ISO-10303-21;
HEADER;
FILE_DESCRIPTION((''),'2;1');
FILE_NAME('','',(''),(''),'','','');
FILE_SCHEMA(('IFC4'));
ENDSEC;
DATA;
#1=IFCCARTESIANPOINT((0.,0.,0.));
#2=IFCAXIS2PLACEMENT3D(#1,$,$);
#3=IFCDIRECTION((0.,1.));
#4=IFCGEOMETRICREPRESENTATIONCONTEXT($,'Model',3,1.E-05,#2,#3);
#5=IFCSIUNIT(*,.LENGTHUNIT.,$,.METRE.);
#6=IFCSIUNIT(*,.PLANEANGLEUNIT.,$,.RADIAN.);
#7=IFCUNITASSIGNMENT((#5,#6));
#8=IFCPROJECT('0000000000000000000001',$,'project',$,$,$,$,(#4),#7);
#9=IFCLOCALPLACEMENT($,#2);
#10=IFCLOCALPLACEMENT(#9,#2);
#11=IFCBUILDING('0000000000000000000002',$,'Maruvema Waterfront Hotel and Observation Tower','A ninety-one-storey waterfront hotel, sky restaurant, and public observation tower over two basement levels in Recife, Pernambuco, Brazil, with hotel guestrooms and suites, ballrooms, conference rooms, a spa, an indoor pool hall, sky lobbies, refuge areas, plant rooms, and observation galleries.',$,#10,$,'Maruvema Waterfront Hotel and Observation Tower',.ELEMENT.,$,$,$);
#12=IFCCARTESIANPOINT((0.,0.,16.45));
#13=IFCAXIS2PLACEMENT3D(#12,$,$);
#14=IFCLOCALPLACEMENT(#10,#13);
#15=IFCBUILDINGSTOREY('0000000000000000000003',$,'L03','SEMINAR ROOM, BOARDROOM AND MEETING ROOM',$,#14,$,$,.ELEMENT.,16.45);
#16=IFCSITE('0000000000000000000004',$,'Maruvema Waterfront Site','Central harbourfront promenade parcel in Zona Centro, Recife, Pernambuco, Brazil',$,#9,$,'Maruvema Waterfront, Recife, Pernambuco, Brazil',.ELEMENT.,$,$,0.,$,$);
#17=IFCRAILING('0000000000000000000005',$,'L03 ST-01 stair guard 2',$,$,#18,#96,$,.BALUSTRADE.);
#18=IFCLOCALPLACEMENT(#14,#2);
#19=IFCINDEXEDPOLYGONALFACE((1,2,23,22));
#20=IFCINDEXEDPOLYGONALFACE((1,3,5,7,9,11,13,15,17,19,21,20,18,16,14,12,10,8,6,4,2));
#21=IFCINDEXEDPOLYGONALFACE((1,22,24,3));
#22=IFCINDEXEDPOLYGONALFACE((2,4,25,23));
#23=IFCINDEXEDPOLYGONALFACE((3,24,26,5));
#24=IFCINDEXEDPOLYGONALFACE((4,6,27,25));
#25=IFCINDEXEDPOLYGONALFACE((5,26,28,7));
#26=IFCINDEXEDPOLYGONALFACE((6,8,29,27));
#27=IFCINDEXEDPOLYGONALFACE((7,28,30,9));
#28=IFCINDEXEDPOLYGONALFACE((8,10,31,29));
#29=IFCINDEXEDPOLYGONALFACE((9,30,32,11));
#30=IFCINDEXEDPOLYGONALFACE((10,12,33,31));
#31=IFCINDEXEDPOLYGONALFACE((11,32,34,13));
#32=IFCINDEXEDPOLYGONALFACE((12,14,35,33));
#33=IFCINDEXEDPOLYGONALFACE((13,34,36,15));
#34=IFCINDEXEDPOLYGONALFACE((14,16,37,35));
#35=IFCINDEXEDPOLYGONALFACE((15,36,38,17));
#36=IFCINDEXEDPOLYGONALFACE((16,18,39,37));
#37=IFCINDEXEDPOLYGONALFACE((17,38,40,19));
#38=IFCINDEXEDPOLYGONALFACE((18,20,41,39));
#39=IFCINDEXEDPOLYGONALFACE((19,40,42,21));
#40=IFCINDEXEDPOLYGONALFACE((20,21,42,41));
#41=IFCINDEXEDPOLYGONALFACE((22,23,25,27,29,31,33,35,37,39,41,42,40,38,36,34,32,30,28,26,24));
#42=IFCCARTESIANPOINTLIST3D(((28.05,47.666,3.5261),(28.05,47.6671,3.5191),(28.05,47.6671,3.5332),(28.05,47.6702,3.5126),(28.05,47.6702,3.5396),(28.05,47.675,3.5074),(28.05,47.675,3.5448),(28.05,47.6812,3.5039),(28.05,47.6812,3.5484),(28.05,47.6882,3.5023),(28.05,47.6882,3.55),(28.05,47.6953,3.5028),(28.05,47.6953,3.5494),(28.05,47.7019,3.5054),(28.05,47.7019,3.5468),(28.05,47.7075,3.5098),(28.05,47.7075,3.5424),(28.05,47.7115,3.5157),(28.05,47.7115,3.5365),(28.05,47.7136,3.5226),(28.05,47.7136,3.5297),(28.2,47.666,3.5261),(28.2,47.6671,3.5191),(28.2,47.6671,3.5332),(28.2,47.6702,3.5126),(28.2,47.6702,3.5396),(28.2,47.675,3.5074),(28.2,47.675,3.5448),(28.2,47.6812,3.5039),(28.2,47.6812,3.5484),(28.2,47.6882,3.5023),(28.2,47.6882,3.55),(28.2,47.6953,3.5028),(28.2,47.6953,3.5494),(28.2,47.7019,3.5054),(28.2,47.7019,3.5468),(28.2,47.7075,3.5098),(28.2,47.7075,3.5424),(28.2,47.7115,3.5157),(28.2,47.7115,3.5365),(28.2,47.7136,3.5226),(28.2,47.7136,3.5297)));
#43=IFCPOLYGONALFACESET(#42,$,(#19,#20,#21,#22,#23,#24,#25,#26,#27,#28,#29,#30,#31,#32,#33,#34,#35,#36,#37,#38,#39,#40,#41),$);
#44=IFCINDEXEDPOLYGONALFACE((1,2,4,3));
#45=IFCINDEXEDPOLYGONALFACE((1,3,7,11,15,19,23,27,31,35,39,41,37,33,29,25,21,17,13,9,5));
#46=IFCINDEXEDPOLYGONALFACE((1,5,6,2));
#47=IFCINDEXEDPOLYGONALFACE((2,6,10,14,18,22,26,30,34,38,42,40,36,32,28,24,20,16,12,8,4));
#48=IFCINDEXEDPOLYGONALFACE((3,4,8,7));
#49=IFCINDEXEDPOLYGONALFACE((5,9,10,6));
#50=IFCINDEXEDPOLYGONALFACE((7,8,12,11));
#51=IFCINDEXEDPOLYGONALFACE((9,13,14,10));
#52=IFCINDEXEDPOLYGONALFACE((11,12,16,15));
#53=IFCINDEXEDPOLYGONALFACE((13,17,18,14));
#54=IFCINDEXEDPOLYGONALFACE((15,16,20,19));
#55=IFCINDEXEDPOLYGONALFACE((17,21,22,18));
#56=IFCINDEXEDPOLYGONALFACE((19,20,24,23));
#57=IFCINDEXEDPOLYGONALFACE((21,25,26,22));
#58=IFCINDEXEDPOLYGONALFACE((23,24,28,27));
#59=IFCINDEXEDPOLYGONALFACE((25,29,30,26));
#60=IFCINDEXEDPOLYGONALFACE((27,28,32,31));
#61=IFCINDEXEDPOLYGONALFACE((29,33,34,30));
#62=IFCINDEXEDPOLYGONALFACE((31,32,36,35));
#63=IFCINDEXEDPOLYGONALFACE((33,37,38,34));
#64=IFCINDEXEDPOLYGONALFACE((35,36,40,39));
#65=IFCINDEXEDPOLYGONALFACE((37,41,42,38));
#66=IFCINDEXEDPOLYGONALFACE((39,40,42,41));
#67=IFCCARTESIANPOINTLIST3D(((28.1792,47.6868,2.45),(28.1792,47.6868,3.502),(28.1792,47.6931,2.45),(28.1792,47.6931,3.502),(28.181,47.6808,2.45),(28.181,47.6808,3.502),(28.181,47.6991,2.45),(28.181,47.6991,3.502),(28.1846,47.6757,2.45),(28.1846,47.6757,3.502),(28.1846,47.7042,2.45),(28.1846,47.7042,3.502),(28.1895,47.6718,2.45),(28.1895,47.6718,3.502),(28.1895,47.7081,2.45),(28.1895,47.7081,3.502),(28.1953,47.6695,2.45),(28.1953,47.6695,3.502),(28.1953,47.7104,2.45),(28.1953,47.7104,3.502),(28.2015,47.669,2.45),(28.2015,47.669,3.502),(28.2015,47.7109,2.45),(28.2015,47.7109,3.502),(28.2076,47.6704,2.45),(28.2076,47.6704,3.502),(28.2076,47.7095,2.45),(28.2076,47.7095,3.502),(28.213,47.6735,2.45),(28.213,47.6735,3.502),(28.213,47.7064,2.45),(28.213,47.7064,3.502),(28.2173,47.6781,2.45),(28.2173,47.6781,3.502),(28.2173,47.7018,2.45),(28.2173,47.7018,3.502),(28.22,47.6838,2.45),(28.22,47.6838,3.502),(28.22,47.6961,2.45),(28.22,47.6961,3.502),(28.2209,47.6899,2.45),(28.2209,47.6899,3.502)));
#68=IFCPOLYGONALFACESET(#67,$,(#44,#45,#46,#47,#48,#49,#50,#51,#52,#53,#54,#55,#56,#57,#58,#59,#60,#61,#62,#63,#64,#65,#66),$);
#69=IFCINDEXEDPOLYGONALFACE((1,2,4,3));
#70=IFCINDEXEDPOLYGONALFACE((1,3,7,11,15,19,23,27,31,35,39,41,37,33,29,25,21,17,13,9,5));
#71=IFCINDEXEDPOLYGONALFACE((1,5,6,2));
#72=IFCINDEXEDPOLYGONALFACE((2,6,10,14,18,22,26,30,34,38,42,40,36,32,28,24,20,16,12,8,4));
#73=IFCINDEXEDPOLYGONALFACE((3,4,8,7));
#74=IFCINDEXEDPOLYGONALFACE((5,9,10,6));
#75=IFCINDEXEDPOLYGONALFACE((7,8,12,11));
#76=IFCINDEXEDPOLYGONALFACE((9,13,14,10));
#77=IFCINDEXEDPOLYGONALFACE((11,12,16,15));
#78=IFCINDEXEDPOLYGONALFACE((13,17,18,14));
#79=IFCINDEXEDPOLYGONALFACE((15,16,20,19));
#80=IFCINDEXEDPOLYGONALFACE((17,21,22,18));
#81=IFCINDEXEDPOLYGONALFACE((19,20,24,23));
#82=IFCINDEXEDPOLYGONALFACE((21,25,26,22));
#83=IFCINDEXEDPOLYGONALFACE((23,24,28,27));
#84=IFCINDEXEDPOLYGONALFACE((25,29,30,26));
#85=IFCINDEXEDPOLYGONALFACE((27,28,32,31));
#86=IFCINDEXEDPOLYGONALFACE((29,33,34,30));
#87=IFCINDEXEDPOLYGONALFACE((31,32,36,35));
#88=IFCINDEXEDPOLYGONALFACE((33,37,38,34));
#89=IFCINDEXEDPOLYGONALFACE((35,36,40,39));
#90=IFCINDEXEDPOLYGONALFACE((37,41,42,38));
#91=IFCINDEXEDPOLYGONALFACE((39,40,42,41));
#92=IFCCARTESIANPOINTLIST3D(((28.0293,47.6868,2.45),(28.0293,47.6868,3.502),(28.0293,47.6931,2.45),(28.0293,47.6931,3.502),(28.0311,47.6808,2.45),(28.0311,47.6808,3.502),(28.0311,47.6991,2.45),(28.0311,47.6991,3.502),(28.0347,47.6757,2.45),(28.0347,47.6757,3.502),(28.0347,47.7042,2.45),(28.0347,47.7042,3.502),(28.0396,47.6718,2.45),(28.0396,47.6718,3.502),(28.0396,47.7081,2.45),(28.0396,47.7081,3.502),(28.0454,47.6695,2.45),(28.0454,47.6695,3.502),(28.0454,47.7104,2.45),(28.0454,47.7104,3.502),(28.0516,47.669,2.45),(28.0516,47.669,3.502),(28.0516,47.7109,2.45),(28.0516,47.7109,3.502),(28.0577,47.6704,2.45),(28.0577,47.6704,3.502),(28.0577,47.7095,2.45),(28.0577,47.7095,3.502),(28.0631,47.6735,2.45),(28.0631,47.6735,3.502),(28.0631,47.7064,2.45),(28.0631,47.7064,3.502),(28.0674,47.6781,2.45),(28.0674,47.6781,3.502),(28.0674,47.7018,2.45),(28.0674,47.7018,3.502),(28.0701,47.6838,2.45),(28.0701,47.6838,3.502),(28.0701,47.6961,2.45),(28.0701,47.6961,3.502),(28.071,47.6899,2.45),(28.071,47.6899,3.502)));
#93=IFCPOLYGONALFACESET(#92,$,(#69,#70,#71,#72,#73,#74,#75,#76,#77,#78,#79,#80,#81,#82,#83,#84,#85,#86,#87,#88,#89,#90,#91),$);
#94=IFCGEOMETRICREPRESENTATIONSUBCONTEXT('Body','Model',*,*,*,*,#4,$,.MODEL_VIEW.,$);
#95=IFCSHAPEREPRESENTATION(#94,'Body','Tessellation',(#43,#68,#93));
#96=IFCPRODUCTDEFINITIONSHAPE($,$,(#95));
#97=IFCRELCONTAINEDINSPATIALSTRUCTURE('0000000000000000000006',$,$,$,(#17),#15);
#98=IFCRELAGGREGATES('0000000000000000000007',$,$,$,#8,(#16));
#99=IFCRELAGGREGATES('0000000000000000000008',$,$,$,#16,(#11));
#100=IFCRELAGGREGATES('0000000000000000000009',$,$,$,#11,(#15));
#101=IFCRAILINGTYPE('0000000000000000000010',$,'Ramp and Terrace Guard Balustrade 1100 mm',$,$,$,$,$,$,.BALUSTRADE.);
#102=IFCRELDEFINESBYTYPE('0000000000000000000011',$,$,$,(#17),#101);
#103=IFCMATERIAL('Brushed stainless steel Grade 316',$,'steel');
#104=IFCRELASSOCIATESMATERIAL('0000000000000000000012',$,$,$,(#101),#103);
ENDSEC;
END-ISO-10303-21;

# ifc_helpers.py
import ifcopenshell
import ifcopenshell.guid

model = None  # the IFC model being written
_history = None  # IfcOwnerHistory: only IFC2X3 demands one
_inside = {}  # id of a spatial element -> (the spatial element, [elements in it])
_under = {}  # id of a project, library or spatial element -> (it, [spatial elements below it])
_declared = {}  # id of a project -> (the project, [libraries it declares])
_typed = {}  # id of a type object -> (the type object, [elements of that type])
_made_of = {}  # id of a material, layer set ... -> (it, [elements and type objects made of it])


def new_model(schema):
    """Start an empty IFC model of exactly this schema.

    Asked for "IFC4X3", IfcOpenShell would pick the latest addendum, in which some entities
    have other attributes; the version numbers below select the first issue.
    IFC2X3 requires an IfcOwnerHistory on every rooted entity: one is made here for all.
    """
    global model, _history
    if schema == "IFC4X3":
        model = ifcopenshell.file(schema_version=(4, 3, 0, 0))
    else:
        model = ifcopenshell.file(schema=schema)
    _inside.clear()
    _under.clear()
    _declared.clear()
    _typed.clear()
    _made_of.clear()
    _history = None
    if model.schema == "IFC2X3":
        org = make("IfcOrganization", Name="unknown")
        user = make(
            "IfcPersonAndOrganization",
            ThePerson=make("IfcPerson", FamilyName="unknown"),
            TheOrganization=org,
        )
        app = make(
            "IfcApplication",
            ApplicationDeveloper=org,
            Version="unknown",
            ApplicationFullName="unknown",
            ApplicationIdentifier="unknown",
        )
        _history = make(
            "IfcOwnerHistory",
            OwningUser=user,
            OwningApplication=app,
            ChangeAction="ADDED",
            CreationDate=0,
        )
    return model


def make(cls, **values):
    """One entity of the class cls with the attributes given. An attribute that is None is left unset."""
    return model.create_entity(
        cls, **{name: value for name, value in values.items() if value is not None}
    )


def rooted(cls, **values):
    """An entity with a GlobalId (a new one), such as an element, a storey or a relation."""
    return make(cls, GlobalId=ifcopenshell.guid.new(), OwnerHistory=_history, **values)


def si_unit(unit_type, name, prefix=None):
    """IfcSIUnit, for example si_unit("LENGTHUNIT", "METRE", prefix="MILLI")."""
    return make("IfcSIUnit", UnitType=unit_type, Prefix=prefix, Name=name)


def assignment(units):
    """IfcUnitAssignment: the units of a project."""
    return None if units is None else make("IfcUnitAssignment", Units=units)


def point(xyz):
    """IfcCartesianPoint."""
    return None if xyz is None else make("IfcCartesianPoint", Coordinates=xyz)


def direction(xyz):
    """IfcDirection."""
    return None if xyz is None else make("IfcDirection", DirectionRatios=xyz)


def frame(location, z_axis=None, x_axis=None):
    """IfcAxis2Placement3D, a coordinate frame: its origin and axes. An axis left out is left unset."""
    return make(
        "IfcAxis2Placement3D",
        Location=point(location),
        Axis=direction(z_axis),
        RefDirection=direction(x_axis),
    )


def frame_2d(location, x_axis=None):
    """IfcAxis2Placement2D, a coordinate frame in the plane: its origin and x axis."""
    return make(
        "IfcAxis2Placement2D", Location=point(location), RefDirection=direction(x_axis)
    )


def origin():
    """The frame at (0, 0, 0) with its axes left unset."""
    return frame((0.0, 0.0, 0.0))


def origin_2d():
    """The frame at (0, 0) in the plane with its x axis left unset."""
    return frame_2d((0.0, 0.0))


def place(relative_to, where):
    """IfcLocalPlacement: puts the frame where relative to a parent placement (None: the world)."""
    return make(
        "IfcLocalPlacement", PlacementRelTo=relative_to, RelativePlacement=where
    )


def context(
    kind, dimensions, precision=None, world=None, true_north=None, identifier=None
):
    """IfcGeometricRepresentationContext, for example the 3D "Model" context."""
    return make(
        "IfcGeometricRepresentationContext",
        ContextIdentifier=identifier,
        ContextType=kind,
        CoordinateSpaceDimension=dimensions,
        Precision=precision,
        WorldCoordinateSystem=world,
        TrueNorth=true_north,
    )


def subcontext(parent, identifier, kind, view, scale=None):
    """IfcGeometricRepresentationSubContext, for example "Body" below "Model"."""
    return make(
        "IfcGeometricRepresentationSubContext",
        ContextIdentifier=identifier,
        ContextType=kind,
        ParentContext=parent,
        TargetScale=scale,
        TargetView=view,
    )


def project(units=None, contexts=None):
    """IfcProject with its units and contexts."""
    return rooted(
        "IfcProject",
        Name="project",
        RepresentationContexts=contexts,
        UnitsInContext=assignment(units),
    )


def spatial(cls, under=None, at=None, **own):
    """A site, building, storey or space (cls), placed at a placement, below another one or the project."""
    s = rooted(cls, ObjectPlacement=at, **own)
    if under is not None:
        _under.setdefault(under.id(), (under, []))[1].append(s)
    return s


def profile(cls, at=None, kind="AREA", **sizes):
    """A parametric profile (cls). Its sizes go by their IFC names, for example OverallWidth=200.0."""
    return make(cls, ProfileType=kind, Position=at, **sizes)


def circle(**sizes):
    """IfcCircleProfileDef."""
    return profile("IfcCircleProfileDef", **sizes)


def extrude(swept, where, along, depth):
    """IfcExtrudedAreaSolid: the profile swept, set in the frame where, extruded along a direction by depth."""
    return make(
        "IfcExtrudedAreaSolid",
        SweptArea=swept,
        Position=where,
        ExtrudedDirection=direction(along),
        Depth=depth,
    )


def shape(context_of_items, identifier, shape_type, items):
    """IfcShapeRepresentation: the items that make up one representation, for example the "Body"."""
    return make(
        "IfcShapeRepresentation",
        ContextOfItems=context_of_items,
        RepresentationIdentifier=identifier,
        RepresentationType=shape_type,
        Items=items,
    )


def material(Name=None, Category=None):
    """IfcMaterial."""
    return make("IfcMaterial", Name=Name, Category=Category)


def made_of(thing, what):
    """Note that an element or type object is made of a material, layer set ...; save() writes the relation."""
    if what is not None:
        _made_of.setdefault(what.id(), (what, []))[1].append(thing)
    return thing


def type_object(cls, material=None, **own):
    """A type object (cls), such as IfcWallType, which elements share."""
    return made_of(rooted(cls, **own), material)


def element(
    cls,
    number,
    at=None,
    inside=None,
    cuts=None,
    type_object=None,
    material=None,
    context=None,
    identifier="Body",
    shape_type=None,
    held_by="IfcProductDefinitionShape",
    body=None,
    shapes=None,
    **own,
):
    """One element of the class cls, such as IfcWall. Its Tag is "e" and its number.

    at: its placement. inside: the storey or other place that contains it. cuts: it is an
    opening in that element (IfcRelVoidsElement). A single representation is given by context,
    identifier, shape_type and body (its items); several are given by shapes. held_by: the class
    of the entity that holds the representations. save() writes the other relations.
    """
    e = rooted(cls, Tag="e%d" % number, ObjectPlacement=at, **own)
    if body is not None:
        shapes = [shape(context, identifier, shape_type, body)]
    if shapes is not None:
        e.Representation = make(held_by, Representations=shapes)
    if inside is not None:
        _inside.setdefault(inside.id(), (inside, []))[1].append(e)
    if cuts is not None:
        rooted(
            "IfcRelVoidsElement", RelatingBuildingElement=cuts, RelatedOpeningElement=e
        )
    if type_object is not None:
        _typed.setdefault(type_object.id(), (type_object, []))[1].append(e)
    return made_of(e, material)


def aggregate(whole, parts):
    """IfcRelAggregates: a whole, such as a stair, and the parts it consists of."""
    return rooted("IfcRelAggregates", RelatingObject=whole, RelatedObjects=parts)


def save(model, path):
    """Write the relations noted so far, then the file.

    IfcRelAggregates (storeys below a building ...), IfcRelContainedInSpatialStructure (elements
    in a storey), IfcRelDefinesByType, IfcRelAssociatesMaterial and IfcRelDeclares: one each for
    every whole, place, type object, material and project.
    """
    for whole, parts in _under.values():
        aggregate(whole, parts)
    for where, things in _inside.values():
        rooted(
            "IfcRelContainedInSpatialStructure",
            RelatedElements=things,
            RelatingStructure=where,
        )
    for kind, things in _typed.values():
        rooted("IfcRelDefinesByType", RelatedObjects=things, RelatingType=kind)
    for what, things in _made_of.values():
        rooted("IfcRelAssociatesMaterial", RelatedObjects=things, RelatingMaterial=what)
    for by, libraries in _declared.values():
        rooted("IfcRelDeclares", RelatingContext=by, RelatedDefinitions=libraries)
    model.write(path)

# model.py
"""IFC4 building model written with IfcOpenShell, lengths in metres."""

from ifc_helpers import new_model, si_unit, direction, frame, origin, origin_2d, place, context, subcontext, project, spatial, circle, extrude, material, type_object, element, save


model = new_model("IFC4")

# Units and contexts
model_context = context("Model", 3, precision=1e-05, world=origin(), true_north=direction((0.0, 1.0)))
body_context = subcontext(model_context, "Body", "Model", "MODEL_VIEW")
ifc_project = project(units=[si_unit("LENGTHUNIT", "METRE"), si_unit("PLANEANGLEUNIT", "RADIAN")], contexts=[model_context])

# Site, building, storey
site_placement = place(None, origin())
site = spatial("IfcSite", under=ifc_project, at=site_placement, Name="Maruvema Waterfront Site", Description="Central harbourfront promenade parcel in Zona Centro, Recife, Pernambuco, Brazil", LongName="Maruvema Waterfront, Recife, Pernambuco, Brazil", CompositionType="ELEMENT", RefElevation=0.0)
building_placement = place(site_placement, origin())
building = spatial("IfcBuilding", under=site, at=building_placement, Name="Maruvema Waterfront Hotel and Observation Tower", Description="A ninety-one-storey waterfront hotel, sky restaurant, and public observation tower over two basement levels in Recife, Pernambuco, Brazil, with hotel guestrooms and suites, ballrooms, conference rooms, a spa, an indoor pool hall, sky lobbies, refuge areas, plant rooms, and observation galleries.", LongName="Maruvema Waterfront Hotel and Observation Tower", CompositionType="ELEMENT")
storey_placement = place(building_placement, frame((0.0, 0.0, 16.45)))
storey = spatial("IfcBuildingStorey", under=building, at=storey_placement, Name="L03", Description="SEMINAR ROOM, BOARDROOM AND MEETING ROOM", CompositionType="ELEMENT", Elevation=16.45)

# Railing
ifc_material_1 = material(Name="Brushed stainless steel Grade 316", Category="steel")
railing_type_1 = type_object("IfcRailingType", Name="Ramp and Terrace Guard Balustrade 1100 mm", PredefinedType="BALUSTRADE", material=ifc_material_1)
railing_1_placement = place(storey_placement, frame((28.2, 47.6899, 2.45)))
element("IfcRailing", 1, at=railing_1_placement, inside=storey, type_object=railing_type_1, Name="L03 ST-01 stair guard 2", PredefinedType="BALUSTRADE", context=body_context, shape_type="SweptSolid", body=[
    extrude(circle(Radius=0.0239, at=origin_2d()), frame((0.0, 0.0, 1.0762), z_axis=(-1.0, 0.0, 0.0), x_axis=(0.0, -1.0, 0.0)), (0.0, 0.0, 1.0), 0.1499),
    extrude(circle(Radius=0.021, at=origin_2d()), origin(), (0.0, 0.0, 1.0), 1.052),
    extrude(circle(Radius=0.021, at=origin_2d()), frame((-0.1499, 0.0, 0.0)), (0.0, 0.0, 1.0), 1.052),
])

save(model, "model.ifc")
